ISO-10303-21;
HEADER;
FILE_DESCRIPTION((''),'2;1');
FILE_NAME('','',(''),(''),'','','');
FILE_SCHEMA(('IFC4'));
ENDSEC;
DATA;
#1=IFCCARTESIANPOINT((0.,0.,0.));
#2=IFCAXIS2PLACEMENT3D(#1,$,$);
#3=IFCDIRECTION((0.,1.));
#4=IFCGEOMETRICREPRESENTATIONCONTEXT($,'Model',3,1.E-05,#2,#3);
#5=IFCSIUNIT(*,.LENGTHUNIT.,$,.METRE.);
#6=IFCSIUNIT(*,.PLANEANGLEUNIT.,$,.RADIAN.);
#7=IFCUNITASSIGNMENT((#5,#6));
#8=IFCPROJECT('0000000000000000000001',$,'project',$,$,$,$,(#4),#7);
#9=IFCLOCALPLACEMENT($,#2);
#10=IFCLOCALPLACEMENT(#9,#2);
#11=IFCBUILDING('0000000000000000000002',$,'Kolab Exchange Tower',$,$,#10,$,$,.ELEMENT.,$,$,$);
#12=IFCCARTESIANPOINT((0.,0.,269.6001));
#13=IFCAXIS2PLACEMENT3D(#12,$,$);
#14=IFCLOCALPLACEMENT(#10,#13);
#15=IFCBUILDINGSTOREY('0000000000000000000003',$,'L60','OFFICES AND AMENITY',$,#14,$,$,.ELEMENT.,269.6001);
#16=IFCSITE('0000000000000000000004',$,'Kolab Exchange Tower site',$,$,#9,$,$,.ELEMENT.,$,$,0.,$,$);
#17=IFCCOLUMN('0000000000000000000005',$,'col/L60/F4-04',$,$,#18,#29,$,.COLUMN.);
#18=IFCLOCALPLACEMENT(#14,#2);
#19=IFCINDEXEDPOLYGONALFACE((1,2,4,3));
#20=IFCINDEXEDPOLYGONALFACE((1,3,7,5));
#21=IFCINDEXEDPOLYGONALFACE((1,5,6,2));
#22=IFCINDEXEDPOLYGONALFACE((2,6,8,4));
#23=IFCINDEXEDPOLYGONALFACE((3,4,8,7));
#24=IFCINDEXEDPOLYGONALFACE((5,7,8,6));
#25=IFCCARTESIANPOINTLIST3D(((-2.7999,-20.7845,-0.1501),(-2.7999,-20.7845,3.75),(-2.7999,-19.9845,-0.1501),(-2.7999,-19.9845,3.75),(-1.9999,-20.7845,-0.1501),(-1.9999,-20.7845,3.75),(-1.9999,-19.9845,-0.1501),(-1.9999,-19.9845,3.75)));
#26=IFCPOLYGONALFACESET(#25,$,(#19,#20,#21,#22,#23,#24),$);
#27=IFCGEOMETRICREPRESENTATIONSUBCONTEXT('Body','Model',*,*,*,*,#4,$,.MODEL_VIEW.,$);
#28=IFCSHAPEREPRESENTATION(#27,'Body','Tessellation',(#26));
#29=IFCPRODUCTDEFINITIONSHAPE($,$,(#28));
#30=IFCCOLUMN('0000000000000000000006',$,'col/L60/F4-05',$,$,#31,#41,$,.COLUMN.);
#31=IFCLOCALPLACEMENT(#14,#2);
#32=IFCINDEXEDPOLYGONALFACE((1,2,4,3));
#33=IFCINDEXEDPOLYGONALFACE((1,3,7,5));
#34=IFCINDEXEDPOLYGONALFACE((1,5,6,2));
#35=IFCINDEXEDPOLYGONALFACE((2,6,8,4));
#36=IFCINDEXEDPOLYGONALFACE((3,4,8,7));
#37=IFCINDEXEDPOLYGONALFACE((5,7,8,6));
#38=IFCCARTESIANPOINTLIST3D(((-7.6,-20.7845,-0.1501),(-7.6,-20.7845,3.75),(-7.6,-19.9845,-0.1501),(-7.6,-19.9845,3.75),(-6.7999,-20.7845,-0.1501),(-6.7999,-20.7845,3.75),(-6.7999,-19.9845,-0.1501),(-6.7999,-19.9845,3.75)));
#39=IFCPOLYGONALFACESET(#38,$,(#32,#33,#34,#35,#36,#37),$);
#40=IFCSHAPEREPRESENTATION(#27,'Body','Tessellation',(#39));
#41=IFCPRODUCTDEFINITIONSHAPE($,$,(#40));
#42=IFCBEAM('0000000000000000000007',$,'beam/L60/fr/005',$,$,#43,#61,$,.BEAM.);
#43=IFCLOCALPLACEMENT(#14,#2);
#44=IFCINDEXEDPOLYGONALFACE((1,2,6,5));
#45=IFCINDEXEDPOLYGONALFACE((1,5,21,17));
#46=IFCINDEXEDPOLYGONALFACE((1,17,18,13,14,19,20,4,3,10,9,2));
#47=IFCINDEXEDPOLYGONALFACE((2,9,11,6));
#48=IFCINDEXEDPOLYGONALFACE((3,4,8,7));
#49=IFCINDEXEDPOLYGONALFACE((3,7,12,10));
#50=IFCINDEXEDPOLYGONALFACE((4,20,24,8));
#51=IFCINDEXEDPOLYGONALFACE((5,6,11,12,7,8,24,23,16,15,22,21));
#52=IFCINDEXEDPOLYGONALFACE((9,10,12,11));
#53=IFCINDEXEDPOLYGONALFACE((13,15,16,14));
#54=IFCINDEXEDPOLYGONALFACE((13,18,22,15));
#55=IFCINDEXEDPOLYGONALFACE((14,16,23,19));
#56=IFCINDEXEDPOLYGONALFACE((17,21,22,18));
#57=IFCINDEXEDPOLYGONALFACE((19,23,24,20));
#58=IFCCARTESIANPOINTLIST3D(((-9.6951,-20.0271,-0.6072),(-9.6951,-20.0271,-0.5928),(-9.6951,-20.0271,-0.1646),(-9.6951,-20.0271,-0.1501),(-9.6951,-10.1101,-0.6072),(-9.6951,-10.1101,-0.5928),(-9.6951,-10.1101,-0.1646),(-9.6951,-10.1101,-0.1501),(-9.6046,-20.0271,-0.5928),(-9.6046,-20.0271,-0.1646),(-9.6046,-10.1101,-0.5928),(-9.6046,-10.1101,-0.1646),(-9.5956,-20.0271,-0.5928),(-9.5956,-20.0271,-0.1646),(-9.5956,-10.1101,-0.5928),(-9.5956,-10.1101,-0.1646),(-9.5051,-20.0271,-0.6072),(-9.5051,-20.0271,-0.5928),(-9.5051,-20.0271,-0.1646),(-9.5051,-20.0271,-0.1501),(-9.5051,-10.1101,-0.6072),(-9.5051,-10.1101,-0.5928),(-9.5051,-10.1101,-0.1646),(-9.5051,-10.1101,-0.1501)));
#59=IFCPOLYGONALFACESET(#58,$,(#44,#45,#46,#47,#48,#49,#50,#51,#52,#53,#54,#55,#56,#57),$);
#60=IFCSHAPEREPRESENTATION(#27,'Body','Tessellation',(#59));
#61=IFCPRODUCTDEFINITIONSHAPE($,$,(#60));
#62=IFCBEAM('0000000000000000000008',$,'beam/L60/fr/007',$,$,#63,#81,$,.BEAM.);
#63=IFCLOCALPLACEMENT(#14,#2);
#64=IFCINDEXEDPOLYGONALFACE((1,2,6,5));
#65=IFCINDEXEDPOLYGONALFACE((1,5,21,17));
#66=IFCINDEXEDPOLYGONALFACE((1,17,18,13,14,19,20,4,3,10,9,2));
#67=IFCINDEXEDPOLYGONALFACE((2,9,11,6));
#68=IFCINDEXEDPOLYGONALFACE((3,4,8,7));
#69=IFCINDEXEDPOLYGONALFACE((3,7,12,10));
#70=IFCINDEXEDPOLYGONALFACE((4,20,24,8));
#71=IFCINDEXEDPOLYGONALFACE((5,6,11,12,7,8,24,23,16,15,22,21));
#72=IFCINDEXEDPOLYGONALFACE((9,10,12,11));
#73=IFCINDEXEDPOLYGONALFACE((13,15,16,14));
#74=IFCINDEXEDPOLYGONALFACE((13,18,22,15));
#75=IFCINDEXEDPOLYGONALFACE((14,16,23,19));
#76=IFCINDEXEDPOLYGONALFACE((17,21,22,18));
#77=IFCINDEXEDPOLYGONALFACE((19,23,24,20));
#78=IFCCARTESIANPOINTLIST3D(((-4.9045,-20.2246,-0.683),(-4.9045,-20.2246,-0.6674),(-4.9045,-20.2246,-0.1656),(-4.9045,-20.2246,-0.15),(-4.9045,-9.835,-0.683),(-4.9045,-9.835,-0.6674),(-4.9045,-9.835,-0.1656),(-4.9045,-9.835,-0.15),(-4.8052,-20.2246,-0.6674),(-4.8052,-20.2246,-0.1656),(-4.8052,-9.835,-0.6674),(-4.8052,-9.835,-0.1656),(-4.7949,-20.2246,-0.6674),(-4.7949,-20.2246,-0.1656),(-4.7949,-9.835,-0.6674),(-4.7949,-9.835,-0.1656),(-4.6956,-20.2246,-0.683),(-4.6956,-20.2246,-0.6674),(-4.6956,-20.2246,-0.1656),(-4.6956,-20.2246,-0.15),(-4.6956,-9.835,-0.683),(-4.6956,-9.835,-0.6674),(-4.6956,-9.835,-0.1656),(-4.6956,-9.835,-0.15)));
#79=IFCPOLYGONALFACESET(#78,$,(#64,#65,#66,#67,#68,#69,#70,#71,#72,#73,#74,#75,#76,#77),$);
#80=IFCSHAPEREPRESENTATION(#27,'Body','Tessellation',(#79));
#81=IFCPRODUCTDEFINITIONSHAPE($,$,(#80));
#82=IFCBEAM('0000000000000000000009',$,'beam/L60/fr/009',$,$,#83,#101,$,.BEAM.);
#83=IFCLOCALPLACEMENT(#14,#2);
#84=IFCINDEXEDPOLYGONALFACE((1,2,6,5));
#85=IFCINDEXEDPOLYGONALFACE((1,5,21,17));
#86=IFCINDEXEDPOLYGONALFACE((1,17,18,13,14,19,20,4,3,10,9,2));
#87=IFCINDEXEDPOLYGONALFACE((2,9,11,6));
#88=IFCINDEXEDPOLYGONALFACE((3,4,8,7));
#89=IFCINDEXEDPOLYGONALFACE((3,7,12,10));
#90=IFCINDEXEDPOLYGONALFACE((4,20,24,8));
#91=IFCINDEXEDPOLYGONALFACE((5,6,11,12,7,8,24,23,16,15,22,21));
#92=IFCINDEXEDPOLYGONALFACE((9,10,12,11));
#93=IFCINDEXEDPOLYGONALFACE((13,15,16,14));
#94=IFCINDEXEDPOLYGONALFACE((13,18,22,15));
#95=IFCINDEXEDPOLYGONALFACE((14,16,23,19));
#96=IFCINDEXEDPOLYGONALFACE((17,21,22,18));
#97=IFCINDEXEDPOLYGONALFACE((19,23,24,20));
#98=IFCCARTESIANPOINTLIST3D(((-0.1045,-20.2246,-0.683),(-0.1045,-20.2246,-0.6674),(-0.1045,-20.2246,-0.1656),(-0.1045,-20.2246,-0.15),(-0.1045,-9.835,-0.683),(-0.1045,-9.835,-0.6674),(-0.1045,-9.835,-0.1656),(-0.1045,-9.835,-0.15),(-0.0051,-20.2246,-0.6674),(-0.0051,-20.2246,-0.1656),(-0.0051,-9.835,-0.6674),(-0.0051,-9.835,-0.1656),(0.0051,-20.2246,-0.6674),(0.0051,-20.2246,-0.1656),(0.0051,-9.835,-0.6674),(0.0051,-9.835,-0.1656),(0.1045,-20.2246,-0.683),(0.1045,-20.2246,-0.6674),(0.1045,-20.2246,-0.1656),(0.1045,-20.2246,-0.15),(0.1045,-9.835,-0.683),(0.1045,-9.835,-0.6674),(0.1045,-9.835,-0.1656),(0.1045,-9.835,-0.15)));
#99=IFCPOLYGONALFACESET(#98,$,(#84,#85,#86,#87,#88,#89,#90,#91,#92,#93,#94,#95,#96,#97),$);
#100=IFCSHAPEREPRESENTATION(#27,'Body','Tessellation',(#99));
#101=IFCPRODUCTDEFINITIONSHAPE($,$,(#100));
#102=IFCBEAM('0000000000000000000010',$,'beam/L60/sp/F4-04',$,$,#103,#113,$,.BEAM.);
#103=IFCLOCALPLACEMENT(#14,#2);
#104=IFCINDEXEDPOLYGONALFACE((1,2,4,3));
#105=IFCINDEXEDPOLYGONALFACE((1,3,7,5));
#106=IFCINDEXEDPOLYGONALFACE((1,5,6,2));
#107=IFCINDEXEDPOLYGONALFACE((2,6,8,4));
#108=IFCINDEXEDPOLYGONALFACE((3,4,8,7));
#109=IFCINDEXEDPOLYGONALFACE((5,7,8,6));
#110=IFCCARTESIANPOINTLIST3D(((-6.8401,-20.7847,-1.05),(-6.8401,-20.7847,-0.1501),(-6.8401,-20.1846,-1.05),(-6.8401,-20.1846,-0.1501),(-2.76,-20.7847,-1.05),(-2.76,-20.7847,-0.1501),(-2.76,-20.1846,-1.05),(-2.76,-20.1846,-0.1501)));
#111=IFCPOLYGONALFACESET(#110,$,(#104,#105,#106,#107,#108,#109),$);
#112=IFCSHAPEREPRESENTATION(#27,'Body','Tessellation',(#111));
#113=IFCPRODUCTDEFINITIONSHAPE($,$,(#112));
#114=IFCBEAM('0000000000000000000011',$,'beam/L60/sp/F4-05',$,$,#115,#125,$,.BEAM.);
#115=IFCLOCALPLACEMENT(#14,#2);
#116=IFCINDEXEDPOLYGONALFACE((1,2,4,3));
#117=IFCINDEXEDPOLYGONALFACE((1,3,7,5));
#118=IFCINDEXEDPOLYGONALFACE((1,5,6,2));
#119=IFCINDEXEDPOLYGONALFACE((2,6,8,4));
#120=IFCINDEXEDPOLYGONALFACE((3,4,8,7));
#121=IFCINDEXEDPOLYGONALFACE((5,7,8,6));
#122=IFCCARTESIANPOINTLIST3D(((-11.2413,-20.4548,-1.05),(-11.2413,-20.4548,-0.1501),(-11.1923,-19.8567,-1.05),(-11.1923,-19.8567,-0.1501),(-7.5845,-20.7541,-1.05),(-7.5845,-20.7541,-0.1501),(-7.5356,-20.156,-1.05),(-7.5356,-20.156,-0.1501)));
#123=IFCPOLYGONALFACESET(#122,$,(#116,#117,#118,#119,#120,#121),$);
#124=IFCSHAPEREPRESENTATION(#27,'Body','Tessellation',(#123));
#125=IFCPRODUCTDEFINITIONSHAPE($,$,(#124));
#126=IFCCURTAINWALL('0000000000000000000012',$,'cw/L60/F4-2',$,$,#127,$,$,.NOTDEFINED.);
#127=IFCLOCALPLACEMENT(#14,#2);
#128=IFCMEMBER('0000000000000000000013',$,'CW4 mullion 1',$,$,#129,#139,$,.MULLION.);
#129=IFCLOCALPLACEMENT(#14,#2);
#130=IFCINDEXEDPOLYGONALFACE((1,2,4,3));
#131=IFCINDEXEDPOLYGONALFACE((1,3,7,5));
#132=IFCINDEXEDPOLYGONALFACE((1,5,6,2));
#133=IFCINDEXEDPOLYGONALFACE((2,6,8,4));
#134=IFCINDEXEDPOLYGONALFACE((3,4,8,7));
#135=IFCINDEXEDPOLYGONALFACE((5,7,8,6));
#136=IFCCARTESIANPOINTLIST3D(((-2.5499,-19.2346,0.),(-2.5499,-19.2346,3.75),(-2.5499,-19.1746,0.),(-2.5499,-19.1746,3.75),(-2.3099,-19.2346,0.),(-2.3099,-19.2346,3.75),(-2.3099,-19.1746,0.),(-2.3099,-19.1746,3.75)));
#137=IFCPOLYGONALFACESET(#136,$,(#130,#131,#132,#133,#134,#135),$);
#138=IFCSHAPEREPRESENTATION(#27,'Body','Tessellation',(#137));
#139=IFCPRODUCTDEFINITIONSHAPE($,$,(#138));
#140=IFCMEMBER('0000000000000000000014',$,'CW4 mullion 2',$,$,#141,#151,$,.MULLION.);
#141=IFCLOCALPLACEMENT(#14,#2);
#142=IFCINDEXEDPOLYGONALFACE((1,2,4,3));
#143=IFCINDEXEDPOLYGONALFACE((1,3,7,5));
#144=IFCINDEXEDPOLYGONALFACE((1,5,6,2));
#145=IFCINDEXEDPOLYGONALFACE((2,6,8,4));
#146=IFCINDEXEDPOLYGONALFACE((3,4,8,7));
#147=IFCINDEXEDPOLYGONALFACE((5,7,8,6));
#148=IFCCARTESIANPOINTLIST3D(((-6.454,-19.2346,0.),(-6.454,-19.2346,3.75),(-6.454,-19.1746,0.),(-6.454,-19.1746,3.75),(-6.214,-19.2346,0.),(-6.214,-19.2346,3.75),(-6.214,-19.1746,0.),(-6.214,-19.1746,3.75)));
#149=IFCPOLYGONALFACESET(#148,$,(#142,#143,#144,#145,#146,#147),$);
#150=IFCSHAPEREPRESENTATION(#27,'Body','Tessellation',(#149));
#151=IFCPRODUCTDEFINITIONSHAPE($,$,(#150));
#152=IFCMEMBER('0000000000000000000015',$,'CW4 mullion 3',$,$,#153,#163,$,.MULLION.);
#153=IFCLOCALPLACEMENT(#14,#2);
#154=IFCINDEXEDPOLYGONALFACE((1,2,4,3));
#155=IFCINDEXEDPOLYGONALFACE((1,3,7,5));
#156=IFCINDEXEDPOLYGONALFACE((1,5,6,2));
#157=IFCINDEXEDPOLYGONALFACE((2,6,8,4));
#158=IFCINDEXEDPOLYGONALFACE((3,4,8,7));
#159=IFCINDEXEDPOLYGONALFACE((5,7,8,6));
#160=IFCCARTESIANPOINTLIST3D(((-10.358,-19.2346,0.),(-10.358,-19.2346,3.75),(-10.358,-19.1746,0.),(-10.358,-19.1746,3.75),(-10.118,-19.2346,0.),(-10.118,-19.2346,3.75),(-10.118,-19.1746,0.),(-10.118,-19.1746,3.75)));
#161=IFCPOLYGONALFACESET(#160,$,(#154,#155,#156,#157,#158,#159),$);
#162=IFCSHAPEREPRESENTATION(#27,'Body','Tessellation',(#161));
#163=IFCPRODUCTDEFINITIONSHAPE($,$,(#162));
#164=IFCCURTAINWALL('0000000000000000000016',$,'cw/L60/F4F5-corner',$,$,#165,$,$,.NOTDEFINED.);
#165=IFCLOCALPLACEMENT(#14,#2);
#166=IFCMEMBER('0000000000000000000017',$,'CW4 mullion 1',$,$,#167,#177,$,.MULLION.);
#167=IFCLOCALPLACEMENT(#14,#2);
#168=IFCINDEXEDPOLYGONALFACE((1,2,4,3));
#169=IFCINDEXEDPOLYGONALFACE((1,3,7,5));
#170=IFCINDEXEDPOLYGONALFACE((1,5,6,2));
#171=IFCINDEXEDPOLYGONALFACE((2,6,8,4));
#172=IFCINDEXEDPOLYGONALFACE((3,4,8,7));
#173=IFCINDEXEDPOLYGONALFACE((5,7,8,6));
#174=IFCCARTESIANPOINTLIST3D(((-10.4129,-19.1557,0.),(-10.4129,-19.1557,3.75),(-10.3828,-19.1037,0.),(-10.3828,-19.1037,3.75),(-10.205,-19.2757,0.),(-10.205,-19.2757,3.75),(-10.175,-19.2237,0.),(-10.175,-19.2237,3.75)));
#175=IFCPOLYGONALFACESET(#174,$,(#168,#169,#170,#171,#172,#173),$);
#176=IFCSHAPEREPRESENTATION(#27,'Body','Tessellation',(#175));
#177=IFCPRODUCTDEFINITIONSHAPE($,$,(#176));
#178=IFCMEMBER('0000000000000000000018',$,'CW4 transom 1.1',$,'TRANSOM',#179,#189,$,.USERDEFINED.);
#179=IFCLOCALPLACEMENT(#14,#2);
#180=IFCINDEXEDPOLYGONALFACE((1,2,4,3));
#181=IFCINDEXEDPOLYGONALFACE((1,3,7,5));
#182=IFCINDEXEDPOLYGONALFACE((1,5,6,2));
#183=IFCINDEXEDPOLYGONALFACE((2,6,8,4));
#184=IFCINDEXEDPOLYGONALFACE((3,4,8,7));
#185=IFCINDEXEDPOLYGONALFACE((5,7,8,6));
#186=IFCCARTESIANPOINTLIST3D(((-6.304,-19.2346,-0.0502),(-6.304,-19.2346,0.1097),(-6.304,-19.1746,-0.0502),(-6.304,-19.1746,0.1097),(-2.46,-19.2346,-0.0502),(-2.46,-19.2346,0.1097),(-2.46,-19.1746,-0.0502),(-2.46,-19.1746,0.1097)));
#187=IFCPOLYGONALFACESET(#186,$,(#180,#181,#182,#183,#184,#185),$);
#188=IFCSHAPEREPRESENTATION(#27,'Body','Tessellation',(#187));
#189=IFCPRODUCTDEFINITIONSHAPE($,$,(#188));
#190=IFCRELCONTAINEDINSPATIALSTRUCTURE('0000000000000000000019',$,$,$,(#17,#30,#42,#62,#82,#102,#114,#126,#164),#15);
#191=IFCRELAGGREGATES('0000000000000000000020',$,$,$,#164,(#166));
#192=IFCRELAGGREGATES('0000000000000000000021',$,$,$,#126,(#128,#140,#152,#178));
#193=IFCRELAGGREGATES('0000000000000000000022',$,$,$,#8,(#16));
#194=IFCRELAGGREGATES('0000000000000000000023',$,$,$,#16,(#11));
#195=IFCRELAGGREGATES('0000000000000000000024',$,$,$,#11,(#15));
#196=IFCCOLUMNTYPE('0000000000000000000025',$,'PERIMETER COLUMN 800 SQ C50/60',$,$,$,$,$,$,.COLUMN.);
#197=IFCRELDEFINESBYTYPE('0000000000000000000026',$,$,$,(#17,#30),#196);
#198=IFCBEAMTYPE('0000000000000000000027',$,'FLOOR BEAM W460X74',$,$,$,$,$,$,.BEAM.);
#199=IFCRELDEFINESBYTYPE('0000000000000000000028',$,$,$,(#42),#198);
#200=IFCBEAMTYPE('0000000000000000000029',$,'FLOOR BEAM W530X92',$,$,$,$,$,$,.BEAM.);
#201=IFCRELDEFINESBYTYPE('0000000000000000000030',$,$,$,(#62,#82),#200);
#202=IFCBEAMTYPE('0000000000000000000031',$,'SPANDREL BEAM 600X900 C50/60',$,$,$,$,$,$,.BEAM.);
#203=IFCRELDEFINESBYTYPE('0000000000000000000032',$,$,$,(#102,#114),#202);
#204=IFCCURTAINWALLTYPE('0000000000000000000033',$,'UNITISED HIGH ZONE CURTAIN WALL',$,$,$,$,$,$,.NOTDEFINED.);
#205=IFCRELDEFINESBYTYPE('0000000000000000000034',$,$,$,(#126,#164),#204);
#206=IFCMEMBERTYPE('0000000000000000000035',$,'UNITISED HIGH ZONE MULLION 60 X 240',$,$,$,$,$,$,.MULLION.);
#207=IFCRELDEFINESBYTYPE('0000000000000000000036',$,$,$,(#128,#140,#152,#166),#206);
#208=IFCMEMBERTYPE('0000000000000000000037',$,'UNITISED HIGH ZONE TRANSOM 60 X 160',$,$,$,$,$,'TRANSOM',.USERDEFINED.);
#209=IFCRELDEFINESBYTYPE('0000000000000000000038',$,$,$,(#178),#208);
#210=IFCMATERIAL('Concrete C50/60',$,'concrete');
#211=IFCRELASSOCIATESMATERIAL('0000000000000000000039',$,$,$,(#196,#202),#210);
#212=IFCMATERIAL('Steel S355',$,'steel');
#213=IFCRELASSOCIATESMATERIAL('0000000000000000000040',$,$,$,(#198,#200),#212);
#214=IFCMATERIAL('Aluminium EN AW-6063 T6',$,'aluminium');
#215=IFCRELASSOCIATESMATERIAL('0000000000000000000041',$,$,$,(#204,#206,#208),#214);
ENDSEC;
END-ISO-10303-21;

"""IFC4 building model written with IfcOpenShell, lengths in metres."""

from ifc_helpers import new_model, si_unit, direction, frame, origin, origin_2d, place, context, subcontext, project, spatial, rectangle, i_section, extrude, material, material_profile, profile_set, type_object, element, aggregate, save


model = new_model("IFC4")

# Units and contexts
model_context = context("Model", 3, precision=1e-05, world=origin(), true_north=direction((0.0, 1.0)))
body_context = subcontext(model_context, "Body", "Model", "MODEL_VIEW")
ifc_project = project(units=[si_unit("LENGTHUNIT", "METRE"), si_unit("PLANEANGLEUNIT", "RADIAN")], contexts=[model_context])

# Site, building, storey
site_placement = place(None, origin())
site = spatial("IfcSite", under=ifc_project, at=site_placement, Name="Kolab Exchange Tower site", CompositionType="ELEMENT", RefElevation=0.0)
building_placement = place(site_placement, origin())
building = spatial("IfcBuilding", under=site, at=building_placement, Name="Kolab Exchange Tower", CompositionType="ELEMENT")
storey_placement = place(building_placement, frame((0.0, 0.0, 269.6001)))
storey = spatial("IfcBuildingStorey", under=building, at=storey_placement, Name="L60", Description="OFFICES AND AMENITY", CompositionType="ELEMENT", Elevation=269.6001)

# Columns
ifc_material_1 = material(Name="Concrete C50/60", Category="concrete")
ifc_material_profile_1 = material_profile(ifc_material_1, rectangle(XDim=0.8, YDim=0.8, at=origin_2d()), Name="RC800")
ifc_profile_set_1 = profile_set([ifc_material_profile_1], Name="Concrete C50/60")
column_type = type_object("IfcColumnType", Name="PERIMETER COLUMN 800 SQ C50/60", PredefinedType="COLUMN", material=ifc_profile_set_1)
for number, where, z_axis, x_axis, name in (
    (1, (-2.3999, -20.3845, -0.1501), (0.0, 0.0, 1.0), (1.0, 0.0, 0.0), "col/L60/F4-04"),
    (2, (-7.2, -20.3845, -0.1501), (0.0, 0.0, 1.0), (1.0, 0.0, 0.0), "col/L60/F4-05"),
):
    element("IfcColumn", number, at=place(storey_placement, frame(where, z_axis=z_axis, x_axis=x_axis)), inside=storey, type_object=column_type, Name=name, PredefinedType="COLUMN", context=body_context, shape_type="SweptSolid", body=[
        extrude(rectangle(XDim=0.8, YDim=0.8, at=origin_2d()), origin(), (0.0, 0.0, 1.0), 3.9001),
    ])

# Beams
ifc_material_2 = material(Name="Steel S355", Category="steel")
ifc_material_profile_2 = material_profile(ifc_material_2, i_section(OverallWidth=0.1899, OverallDepth=0.457, WebThickness=0.009, FlangeThickness=0.0144, at=origin_2d()), Name="W460X74")
ifc_profile_set_2 = profile_set([ifc_material_profile_2], Name="Steel S355")
beam_type_1 = type_object("IfcBeamType", Name="FLOOR BEAM W460X74", PredefinedType="BEAM", material=ifc_profile_set_2)
beam_1_placement = place(storey_placement, frame((-9.6001, -20.0271, -0.3787), z_axis=(0.0, 1.0, 0.0), x_axis=(-1.0, 0.0, 0.0)))
element("IfcBeam", 3, at=beam_1_placement, inside=storey, type_object=beam_type_1, Name="beam/L60/fr/005", PredefinedType="BEAM", context=body_context, shape_type="SweptSolid", body=[
    extrude(i_section(OverallWidth=0.1899, OverallDepth=0.457, WebThickness=0.009, FlangeThickness=0.0144, at=origin_2d()), origin(), (0.0, 0.0, 1.0), 9.917),
])
ifc_material_profile_3 = material_profile(ifc_material_2, i_section(OverallWidth=0.209, OverallDepth=0.533, WebThickness=0.0103, FlangeThickness=0.0156, at=origin_2d()), Name="W530X92")
ifc_profile_set_3 = profile_set([ifc_material_profile_3], Name="Steel S355")
beam_type_2 = type_object("IfcBeamType", Name="FLOOR BEAM W530X92", PredefinedType="BEAM", material=ifc_profile_set_3)
for number, where, z_axis, x_axis, name in (
    (4, (-4.8, -20.2246, -0.4165), (0.0, 1.0, 0.0), (-1.0, 0.0, 0.0), "beam/L60/fr/007"),
    (5, (0.0, -20.2246, -0.4165), (0.0, 1.0, 0.0), (-1.0, 0.0, 0.0), "beam/L60/fr/009"),
):
    element("IfcBeam", number, at=place(storey_placement, frame(where, z_axis=z_axis, x_axis=x_axis)), inside=storey, type_object=beam_type_2, Name=name, PredefinedType="BEAM", context=body_context, shape_type="SweptSolid", body=[
        extrude(i_section(OverallWidth=0.209, OverallDepth=0.533, WebThickness=0.0103, FlangeThickness=0.0156, at=origin_2d()), origin(), (0.0, 0.0, 1.0), 10.3896),
    ])
ifc_material_profile_4 = material_profile(ifc_material_1, rectangle(XDim=0.6001, YDim=0.8999, at=origin_2d()), Name="RC600X900")
ifc_profile_set_4 = profile_set([ifc_material_profile_4], Name="Concrete C50/60")
beam_type_3 = type_object("IfcBeamType", Name="SPANDREL BEAM 600X900 C50/60", PredefinedType="BEAM", material=ifc_profile_set_4)
beam_2_placement = place(storey_placement, frame((-2.76, -20.4846, -0.6001), z_axis=(-1.0, 0.0, 0.0), x_axis=(0.0, -1.0, 0.0)))
element("IfcBeam", 6, at=beam_2_placement, inside=storey, type_object=beam_type_3, Name="beam/L60/sp/F4-04", PredefinedType="BEAM", context=body_context, shape_type="SweptSolid", body=[
    extrude(rectangle(XDim=0.6001, YDim=0.8999, at=origin_2d()), origin(), (0.0, 0.0, 1.0), 4.0801),
])
beam_3_placement = place(storey_placement, frame((-7.5601, -20.4551, -0.6001), z_axis=(-0.996667, 0.081581, 0.0), x_axis=(-0.081581, -0.996667, 0.0)))
element("IfcBeam", 7, at=beam_3_placement, inside=storey, type_object=beam_type_3, Name="beam/L60/sp/F4-05", PredefinedType="BEAM", context=body_context, shape_type="SweptSolid", body=[
    extrude(rectangle(XDim=0.6001, YDim=0.8999, at=origin_2d()), origin(), (0.0, 0.0, 1.0), 3.6689),
])

# Curtain wall, members
ifc_material_3 = material(Name="Aluminium EN AW-6063 T6", Category="aluminium")
curtain_wall_type = type_object("IfcCurtainWallType", Name="UNITISED HIGH ZONE CURTAIN WALL", PredefinedType="NOTDEFINED", material=ifc_material_3)
curtain_wall_1_placement = place(storey_placement, origin())
curtain_wall_1 = element("IfcCurtainWall", 8, at=curtain_wall_1_placement, inside=storey, type_object=curtain_wall_type, Name="cw/L60/F4-2", PredefinedType="NOTDEFINED")
ifc_material_profile_5 = material_profile(ifc_material_3, rectangle(XDim=0.0601, YDim=0.24, at=origin_2d()), Name="RECT 60X240")
ifc_profile_set_5 = profile_set([ifc_material_profile_5], Name="Aluminium EN AW-6063 T6")
member_type_1 = type_object("IfcMemberType", Name="UNITISED HIGH ZONE MULLION 60 X 240", PredefinedType="MULLION", material=ifc_profile_set_5)
member_1_placement = place(storey_placement, frame((-2.4299, -19.2046, 0.0), z_axis=(0.0, 0.0, 1.0), x_axis=(0.0, -1.0, 0.0)))
member_1 = element("IfcMember", 9, at=member_1_placement, type_object=member_type_1, Name="CW4 mullion 1", PredefinedType="MULLION", context=body_context, shape_type="SweptSolid", body=[
    extrude(rectangle(XDim=0.0601, YDim=0.24, at=origin_2d()), origin(), (0.0, 0.0, 1.0), 3.75),
])
member_2_placement = place(storey_placement, frame((-6.334, -19.2046, 0.0), z_axis=(0.0, 0.0, 1.0), x_axis=(0.0, -1.0, 0.0)))
member_2 = element("IfcMember", 10, at=member_2_placement, type_object=member_type_1, Name="CW4 mullion 2", PredefinedType="MULLION", context=body_context, shape_type="SweptSolid", body=[
    extrude(rectangle(XDim=0.0601, YDim=0.24, at=origin_2d()), origin(), (0.0, 0.0, 1.0), 3.75),
])
member_3_placement = place(storey_placement, frame((-10.238, -19.2046, 0.0), z_axis=(0.0, 0.0, 1.0), x_axis=(0.0, -1.0, 0.0)))
member_3 = element("IfcMember", 11, at=member_3_placement, type_object=member_type_1, Name="CW4 mullion 3", PredefinedType="MULLION", context=body_context, shape_type="SweptSolid", body=[
    extrude(rectangle(XDim=0.0601, YDim=0.24, at=origin_2d()), origin(), (0.0, 0.0, 1.0), 3.75),
])

# Curtain wall, member
curtain_wall_2_placement = place(storey_placement, origin())
curtain_wall_2 = element("IfcCurtainWall", 12, at=curtain_wall_2_placement, inside=storey, type_object=curtain_wall_type, Name="cw/L60/F4F5-corner", PredefinedType="NOTDEFINED")
member_4_placement = place(storey_placement, frame((-10.2939, -19.1897, 0.0), z_axis=(0.0, 0.0, 1.0), x_axis=(-0.5, -0.866025, 0.0)))
member_4 = element("IfcMember", 13, at=member_4_placement, type_object=member_type_1, Name="CW4 mullion 1", PredefinedType="MULLION", context=body_context, shape_type="SweptSolid", body=[
    extrude(rectangle(XDim=0.0601, YDim=0.24, at=origin_2d()), origin(), (0.0, 0.0, 1.0), 3.75),
])

# Member
ifc_material_profile_6 = material_profile(ifc_material_3, rectangle(XDim=0.0601, YDim=0.1599, at=origin_2d()), Name="RECT 60X160")
ifc_profile_set_6 = profile_set([ifc_material_profile_6], Name="Aluminium EN AW-6063 T6")
member_type_2 = type_object("IfcMemberType", Name="UNITISED HIGH ZONE TRANSOM 60 X 160", ElementType="TRANSOM", PredefinedType="USERDEFINED", material=ifc_profile_set_6)
member_5_placement = place(storey_placement, frame((-2.46, -19.2046, 0.0298), z_axis=(-1.0, 0.0, 0.0), x_axis=(0.0, -1.0, 0.0)))
member_5 = element("IfcMember", 14, at=member_5_placement, type_object=member_type_2, Name="CW4 transom 1.1", ObjectType="TRANSOM", PredefinedType="USERDEFINED", context=body_context, shape_type="SweptSolid", body=[
    extrude(rectangle(XDim=0.0601, YDim=0.1599, at=origin_2d()), origin(), (0.0, 0.0, 1.0), 3.844),
])
aggregate(curtain_wall_2, [member_4])

aggregate(curtain_wall_1, [member_1, member_2, member_3, member_5])

save(model, "model.ifc")
